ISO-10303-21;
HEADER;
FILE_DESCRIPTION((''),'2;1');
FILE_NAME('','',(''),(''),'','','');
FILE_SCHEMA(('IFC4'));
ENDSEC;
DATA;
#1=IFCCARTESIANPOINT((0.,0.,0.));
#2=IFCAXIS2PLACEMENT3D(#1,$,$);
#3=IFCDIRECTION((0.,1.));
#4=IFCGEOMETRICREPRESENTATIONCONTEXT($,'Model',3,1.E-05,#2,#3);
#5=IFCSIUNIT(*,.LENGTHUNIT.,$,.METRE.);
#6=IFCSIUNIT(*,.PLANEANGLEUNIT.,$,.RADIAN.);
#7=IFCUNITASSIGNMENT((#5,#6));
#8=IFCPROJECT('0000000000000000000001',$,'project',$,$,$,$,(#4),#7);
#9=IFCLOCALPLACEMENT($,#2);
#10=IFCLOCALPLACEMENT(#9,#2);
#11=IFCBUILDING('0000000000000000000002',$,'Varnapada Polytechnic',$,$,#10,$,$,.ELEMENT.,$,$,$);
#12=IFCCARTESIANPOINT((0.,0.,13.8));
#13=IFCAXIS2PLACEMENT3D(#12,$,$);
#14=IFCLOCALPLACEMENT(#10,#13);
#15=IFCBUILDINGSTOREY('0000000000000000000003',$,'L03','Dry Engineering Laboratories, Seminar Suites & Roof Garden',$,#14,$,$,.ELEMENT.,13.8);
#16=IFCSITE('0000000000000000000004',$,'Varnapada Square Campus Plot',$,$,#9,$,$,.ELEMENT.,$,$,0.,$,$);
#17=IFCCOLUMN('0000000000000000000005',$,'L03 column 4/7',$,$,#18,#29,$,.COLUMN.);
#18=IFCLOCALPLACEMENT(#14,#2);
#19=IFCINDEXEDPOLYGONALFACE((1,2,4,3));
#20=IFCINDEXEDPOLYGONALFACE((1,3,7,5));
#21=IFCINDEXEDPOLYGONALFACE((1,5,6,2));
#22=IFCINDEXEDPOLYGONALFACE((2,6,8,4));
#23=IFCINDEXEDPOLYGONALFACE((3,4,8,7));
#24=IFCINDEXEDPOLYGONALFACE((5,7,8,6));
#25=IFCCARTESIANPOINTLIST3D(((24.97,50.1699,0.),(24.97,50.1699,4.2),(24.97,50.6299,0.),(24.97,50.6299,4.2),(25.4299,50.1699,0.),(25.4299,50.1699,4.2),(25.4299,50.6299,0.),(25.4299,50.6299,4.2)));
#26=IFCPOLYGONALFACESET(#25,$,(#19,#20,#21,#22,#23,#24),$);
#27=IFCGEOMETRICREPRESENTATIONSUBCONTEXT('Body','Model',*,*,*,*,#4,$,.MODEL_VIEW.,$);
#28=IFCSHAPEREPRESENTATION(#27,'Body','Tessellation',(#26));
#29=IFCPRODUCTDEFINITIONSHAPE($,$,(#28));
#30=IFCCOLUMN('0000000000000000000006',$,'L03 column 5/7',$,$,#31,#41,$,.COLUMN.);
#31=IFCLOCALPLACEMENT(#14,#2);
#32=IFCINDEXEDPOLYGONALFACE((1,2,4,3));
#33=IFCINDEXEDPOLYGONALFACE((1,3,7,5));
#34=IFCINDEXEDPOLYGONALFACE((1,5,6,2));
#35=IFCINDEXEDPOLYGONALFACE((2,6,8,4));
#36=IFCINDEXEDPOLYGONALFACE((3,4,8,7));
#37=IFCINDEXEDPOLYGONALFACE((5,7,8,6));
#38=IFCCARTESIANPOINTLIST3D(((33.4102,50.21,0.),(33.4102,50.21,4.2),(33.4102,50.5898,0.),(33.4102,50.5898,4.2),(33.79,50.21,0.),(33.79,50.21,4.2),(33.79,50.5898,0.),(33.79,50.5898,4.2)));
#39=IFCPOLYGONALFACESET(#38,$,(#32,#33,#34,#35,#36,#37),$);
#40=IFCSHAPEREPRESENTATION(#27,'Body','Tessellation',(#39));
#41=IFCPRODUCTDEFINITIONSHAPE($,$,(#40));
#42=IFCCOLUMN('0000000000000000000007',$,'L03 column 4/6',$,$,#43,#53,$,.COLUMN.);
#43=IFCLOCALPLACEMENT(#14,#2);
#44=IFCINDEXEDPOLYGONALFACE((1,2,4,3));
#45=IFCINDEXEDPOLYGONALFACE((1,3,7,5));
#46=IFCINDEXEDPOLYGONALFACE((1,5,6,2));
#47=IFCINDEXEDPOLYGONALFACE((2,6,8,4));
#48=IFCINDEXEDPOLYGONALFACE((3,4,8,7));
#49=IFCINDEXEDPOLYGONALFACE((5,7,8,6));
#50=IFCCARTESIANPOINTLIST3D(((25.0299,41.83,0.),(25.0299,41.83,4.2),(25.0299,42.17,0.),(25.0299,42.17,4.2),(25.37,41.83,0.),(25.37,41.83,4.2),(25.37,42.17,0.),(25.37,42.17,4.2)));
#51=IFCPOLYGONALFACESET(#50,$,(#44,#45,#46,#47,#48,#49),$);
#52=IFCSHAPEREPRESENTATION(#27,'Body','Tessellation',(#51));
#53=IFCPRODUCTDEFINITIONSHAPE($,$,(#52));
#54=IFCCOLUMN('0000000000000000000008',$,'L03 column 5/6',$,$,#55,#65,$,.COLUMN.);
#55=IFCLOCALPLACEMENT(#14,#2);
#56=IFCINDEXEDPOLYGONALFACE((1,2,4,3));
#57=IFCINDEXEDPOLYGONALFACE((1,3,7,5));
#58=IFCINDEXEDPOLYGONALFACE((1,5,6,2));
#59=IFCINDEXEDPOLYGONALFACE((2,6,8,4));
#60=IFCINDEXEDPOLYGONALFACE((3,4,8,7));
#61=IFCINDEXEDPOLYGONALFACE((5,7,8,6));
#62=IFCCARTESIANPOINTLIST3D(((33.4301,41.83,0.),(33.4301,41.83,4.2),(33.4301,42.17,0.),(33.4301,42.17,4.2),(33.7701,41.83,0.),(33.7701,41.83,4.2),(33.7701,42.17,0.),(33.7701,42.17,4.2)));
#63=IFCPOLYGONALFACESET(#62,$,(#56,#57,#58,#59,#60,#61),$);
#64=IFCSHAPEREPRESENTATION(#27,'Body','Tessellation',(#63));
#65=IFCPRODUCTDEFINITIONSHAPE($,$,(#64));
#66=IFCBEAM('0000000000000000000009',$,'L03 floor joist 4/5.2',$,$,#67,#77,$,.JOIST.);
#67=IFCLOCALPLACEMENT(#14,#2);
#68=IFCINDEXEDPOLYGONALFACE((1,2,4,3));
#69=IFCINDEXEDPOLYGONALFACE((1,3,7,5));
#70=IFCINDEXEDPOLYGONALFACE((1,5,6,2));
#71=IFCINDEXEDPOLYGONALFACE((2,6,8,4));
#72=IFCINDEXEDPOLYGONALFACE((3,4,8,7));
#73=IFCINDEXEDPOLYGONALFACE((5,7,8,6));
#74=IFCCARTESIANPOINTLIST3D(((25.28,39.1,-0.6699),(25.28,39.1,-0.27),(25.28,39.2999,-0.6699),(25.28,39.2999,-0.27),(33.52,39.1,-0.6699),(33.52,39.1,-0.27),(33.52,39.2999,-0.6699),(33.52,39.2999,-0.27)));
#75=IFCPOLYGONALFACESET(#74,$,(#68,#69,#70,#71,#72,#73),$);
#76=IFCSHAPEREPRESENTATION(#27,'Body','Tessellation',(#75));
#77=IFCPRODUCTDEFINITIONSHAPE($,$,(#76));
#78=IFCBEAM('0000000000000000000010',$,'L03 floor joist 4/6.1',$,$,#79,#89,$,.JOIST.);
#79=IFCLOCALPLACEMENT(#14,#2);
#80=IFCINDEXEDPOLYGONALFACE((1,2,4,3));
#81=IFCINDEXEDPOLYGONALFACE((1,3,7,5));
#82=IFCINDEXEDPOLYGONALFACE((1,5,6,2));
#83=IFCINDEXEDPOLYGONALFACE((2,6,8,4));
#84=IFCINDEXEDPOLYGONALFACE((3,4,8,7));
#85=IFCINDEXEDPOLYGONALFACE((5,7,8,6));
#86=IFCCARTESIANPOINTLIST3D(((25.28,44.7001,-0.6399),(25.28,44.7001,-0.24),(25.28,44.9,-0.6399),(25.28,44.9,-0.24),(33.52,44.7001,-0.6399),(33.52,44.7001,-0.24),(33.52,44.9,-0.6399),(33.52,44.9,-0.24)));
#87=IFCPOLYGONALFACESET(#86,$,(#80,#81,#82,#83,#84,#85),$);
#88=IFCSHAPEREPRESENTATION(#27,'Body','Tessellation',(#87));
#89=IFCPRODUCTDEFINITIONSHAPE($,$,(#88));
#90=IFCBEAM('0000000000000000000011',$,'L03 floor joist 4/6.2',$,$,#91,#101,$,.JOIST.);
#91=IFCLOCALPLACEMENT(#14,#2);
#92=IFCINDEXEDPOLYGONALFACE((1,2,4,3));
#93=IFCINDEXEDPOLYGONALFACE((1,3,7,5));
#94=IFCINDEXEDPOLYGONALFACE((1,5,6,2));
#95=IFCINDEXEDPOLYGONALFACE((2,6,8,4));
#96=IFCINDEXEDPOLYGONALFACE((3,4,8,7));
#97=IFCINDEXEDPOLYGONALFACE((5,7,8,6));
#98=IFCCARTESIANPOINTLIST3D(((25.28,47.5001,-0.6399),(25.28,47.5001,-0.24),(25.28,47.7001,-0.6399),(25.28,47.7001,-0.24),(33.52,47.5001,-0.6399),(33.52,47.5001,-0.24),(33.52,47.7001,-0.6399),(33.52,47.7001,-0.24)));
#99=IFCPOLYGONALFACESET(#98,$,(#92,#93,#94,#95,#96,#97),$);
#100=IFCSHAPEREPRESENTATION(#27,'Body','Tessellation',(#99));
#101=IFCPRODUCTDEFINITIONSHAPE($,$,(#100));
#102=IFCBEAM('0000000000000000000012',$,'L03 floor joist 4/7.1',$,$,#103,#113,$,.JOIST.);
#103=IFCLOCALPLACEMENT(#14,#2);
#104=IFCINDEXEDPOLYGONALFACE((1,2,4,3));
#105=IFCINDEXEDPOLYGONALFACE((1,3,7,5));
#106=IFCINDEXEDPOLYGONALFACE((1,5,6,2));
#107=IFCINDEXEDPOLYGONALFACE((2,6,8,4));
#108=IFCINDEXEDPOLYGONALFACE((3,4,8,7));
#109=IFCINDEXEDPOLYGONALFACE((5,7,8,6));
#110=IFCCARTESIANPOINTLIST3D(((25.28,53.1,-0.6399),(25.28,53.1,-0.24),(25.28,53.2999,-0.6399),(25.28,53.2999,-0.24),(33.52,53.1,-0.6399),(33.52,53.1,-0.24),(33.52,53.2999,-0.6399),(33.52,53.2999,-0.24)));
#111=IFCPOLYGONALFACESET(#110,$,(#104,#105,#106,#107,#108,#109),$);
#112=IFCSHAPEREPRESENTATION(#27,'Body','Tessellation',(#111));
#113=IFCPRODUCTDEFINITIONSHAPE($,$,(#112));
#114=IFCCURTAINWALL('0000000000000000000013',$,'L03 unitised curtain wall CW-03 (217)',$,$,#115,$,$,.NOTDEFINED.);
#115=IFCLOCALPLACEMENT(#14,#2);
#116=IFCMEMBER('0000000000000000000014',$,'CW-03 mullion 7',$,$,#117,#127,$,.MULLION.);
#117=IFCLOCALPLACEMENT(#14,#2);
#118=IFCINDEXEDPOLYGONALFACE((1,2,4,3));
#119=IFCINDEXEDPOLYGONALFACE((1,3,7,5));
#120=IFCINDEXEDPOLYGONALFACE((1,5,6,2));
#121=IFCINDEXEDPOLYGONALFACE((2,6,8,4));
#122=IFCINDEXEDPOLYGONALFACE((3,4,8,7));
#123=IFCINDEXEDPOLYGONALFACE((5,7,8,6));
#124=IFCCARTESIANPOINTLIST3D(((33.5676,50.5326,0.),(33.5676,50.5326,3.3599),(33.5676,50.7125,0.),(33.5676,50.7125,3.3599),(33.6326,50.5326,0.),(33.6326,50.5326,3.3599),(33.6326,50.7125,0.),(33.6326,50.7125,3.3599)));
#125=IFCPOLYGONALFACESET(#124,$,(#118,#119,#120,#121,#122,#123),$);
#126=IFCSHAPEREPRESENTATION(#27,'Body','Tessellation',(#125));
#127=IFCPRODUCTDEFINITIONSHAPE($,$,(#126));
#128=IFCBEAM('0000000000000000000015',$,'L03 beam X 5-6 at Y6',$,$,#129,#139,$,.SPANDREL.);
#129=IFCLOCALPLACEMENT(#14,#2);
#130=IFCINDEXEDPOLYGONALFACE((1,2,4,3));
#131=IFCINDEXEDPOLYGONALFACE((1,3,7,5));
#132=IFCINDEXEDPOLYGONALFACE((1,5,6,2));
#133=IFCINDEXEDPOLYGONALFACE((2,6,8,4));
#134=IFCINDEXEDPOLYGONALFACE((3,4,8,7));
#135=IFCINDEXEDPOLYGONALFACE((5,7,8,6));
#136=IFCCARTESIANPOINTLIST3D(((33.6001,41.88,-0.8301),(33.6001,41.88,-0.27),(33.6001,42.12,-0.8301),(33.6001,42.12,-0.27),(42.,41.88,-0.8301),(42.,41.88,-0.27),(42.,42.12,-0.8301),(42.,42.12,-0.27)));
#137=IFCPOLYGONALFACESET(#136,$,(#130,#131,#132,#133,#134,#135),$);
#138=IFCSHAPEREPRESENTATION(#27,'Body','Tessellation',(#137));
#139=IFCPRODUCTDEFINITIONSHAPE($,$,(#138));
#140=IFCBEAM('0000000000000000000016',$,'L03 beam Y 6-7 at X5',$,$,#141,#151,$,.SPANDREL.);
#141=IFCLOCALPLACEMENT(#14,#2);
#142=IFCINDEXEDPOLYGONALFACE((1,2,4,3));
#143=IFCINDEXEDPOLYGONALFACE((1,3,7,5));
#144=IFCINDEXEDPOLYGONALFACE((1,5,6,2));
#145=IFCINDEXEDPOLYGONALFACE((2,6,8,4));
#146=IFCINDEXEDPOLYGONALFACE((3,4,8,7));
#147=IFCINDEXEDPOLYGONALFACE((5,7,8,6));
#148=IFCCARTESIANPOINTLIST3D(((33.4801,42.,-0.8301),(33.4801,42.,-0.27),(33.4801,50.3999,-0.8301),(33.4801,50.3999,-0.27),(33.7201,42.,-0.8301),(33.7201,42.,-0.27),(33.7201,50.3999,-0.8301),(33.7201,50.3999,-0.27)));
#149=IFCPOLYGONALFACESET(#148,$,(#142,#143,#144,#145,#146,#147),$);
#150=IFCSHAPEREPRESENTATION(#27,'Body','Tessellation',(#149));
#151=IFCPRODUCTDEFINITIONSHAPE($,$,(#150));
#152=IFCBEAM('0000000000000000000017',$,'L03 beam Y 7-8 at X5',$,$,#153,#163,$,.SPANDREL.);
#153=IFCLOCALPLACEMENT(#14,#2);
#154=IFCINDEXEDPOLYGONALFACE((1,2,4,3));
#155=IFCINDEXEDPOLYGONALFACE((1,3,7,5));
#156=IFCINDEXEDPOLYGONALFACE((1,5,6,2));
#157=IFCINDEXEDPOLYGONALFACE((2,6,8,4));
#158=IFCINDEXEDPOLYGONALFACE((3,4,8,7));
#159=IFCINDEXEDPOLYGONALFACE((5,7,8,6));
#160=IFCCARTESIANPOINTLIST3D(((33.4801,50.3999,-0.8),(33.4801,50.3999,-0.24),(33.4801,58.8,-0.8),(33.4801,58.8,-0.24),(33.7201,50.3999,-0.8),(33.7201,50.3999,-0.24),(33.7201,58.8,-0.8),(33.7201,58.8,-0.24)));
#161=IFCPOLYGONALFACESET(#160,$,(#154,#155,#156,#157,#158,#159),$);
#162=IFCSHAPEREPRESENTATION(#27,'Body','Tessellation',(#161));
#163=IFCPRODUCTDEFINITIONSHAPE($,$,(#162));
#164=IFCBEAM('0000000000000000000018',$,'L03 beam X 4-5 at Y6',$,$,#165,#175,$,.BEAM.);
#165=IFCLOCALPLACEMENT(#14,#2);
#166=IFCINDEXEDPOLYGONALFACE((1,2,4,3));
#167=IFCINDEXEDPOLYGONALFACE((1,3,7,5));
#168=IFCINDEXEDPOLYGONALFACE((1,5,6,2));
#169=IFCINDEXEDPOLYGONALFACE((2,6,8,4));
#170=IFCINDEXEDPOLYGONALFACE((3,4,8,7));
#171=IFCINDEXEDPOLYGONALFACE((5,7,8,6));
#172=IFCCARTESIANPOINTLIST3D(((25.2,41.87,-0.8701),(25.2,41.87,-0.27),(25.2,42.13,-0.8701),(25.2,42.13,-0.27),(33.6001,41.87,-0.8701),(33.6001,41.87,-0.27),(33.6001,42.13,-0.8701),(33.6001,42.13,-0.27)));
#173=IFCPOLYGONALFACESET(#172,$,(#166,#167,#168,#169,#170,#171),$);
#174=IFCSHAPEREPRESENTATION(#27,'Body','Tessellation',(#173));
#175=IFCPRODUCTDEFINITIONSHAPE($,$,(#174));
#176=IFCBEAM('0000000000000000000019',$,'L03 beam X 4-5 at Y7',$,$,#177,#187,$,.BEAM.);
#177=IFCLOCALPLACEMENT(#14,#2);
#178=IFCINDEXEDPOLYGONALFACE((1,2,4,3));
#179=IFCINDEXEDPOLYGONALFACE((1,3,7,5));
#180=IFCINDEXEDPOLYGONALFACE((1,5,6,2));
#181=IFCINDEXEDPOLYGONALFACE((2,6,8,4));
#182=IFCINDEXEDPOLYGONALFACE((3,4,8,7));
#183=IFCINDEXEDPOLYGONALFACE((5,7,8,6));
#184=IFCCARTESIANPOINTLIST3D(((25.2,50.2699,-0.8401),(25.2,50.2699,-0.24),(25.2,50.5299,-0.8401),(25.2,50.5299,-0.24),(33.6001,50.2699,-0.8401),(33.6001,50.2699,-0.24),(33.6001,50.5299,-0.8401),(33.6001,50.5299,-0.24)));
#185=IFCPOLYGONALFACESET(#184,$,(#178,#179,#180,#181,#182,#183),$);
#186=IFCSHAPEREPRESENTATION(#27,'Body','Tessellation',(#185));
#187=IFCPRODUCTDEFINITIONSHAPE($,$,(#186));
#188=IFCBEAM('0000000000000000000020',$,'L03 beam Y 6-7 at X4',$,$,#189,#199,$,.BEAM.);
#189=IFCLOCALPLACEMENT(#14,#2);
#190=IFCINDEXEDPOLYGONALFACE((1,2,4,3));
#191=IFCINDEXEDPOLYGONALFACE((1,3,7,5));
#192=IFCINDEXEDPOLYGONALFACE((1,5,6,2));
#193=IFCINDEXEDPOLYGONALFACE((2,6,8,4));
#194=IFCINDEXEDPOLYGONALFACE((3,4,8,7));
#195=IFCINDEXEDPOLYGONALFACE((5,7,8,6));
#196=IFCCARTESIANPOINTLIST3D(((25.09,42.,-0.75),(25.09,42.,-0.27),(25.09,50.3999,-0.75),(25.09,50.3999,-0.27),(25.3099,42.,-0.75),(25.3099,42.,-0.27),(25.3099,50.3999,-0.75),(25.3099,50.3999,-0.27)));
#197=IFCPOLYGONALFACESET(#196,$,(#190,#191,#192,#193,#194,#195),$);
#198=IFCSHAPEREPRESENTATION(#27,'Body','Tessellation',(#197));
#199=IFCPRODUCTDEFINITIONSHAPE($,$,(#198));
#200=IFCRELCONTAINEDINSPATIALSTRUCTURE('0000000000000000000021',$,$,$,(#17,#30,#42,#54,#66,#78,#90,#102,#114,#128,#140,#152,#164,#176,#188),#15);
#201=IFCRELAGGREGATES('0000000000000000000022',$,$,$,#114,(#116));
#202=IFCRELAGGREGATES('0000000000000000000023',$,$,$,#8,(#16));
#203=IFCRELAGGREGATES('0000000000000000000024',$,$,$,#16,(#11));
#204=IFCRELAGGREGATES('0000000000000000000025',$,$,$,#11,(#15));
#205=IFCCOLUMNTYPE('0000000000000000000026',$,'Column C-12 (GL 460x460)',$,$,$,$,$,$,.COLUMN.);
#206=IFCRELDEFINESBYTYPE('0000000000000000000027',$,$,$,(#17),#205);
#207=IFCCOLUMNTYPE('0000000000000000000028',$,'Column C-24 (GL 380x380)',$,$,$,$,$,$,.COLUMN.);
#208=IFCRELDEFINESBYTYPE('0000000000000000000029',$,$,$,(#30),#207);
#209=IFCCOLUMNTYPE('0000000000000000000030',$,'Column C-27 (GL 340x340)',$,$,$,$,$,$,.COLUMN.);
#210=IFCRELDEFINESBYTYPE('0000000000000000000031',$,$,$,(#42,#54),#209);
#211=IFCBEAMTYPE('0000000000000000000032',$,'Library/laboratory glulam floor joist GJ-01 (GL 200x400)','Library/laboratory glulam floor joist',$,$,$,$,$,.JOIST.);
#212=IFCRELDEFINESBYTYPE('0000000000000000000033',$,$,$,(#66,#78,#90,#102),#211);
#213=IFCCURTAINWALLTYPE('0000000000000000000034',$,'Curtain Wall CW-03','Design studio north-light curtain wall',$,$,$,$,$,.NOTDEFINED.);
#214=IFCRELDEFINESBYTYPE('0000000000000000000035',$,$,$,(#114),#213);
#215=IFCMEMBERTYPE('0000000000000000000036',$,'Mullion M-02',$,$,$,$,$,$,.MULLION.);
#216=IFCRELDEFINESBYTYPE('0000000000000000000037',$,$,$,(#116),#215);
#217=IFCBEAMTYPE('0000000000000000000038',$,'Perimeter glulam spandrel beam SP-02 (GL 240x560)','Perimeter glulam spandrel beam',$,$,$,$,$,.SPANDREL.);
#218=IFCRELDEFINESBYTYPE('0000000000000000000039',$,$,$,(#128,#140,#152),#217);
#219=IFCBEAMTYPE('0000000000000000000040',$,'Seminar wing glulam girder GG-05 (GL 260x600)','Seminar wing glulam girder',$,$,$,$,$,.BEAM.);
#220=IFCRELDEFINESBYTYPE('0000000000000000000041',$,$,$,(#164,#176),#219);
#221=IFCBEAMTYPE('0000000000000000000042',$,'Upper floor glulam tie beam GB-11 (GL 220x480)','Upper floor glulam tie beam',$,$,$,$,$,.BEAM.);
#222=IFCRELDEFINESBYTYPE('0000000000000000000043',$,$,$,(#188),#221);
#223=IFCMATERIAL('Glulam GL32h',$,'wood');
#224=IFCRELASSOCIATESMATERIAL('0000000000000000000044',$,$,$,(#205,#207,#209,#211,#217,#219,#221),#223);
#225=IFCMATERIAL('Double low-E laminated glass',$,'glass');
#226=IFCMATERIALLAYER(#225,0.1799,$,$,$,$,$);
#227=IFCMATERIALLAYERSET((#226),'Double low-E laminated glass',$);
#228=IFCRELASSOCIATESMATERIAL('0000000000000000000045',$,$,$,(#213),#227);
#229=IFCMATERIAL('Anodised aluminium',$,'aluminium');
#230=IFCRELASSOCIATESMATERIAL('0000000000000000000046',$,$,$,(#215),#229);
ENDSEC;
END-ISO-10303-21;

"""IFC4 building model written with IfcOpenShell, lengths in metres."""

from ifc_helpers import new_model, si_unit, direction, frame, origin, origin_2d, place, context, subcontext, project, spatial, rectangle, extrude, material, layer, layer_set, material_profile, profile_set, type_object, element, aggregate, save


model = new_model("IFC4")

# Units and contexts
model_context = context("Model", 3, precision=1e-05, world=origin(), true_north=direction((0.0, 1.0)))
body_context = subcontext(model_context, "Body", "Model", "MODEL_VIEW")
ifc_project = project(units=[si_unit("LENGTHUNIT", "METRE"), si_unit("PLANEANGLEUNIT", "RADIAN")], contexts=[model_context])

# Site, building, storey
site_placement = place(None, origin())
site = spatial("IfcSite", under=ifc_project, at=site_placement, Name="Varnapada Square Campus Plot", CompositionType="ELEMENT", RefElevation=0.0)
building_placement = place(site_placement, origin())
building = spatial("IfcBuilding", under=site, at=building_placement, Name="Varnapada Polytechnic", CompositionType="ELEMENT")
storey_placement = place(building_placement, frame((0.0, 0.0, 13.8)))
storey = spatial("IfcBuildingStorey", under=building, at=storey_placement, Name="L03", Description="Dry Engineering Laboratories, Seminar Suites & Roof Garden", CompositionType="ELEMENT", Elevation=13.8)

# Columns
ifc_material_1 = material(Name="Glulam GL32h", Category="wood")
ifc_material_profile_1 = material_profile(ifc_material_1, rectangle(XDim=0.46, YDim=0.46, at=origin_2d()), Name="GL 460x460")
ifc_profile_set_1 = profile_set([ifc_material_profile_1], Name="Glulam GL32h")
column_type_1 = type_object("IfcColumnType", Name="Column C-12 (GL 460x460)", PredefinedType="COLUMN", material=ifc_profile_set_1)
column_1_placement = place(storey_placement, frame((25.2, 50.3999, 0.0), z_axis=(0.0, 0.0, 1.0), x_axis=(1.0, 0.0, 0.0)))
element("IfcColumn", 1, at=column_1_placement, inside=storey, type_object=column_type_1, Name="L03 column 4/7", PredefinedType="COLUMN", context=body_context, shape_type="SweptSolid", body=[
    extrude(rectangle(XDim=0.46, YDim=0.46, at=origin_2d()), origin(), (0.0, 0.0, 1.0), 4.2),
])
ifc_material_profile_2 = material_profile(ifc_material_1, rectangle(XDim=0.3799, YDim=0.3799, at=origin_2d()), Name="GL 380x380")
ifc_profile_set_2 = profile_set([ifc_material_profile_2], Name="Glulam GL32h")
column_type_2 = type_object("IfcColumnType", Name="Column C-24 (GL 380x380)", PredefinedType="COLUMN", material=ifc_profile_set_2)
column_2_placement = place(storey_placement, frame((33.6001, 50.3999, 0.0), z_axis=(0.0, 0.0, 1.0), x_axis=(1.0, 0.0, 0.0)))
element("IfcColumn", 2, at=column_2_placement, inside=storey, type_object=column_type_2, Name="L03 column 5/7", PredefinedType="COLUMN", context=body_context, shape_type="SweptSolid", body=[
    extrude(rectangle(XDim=0.3799, YDim=0.3799, at=origin_2d()), origin(), (0.0, 0.0, 1.0), 4.2),
])
ifc_material_profile_3 = material_profile(ifc_material_1, rectangle(XDim=0.3401, YDim=0.3401, at=origin_2d()), Name="GL 340x340")
ifc_profile_set_3 = profile_set([ifc_material_profile_3], Name="Glulam GL32h")
column_type_3 = type_object("IfcColumnType", Name="Column C-27 (GL 340x340)", PredefinedType="COLUMN", material=ifc_profile_set_3)
for number, where, z_axis, x_axis, name in (
    (3, (25.2, 42.0, 0.0), (0.0, 0.0, 1.0), (1.0, 0.0, 0.0), "L03 column 4/6"),
    (4, (33.6001, 42.0, 0.0), (0.0, 0.0, 1.0), (1.0, 0.0, 0.0), "L03 column 5/6"),
):
    element("IfcColumn", number, at=place(storey_placement, frame(where, z_axis=z_axis, x_axis=x_axis)), inside=storey, type_object=column_type_3, Name=name, PredefinedType="COLUMN", context=body_context, shape_type="SweptSolid", body=[
        extrude(rectangle(XDim=0.3401, YDim=0.3401, at=origin_2d()), origin(), (0.0, 0.0, 1.0), 4.2),
    ])

# Beams
ifc_material_profile_4 = material_profile(ifc_material_1, rectangle(XDim=0.2, YDim=0.3999, at=origin_2d()), Name="GL 200x400")
ifc_profile_set_4 = profile_set([ifc_material_profile_4], Name="Glulam GL32h")
beam_type_1 = type_object("IfcBeamType", Name="Library/laboratory glulam floor joist GJ-01 (GL 200x400)", Description="Library/laboratory glulam floor joist", PredefinedType="JOIST", material=ifc_profile_set_4)
for number, where, z_axis, x_axis, name in (
    (5, (25.28, 39.2, -0.47), (1.0, 0.0, 0.0), (0.0, 1.0, 0.0), "L03 floor joist 4/5.2"),
    (6, (25.28, 44.8, -0.4399), (1.0, 0.0, 0.0), (0.0, 1.0, 0.0), "L03 floor joist 4/6.1"),
    (7, (25.28, 47.6001, -0.4399), (1.0, 0.0, 0.0), (0.0, 1.0, 0.0), "L03 floor joist 4/6.2"),
    (8, (25.28, 53.2, -0.4399), (1.0, 0.0, 0.0), (0.0, 1.0, 0.0), "L03 floor joist 4/7.1"),
):
    element("IfcBeam", number, at=place(storey_placement, frame(where, z_axis=z_axis, x_axis=x_axis)), inside=storey, type_object=beam_type_1, Name=name, PredefinedType="JOIST", context=body_context, shape_type="SweptSolid", body=[
        extrude(rectangle(XDim=0.2, YDim=0.3999, at=origin_2d()), origin(), (0.0, 0.0, 1.0), 8.24),
    ])

# Curtain wall, member
ifc_material_2 = material(Name="Double low-E laminated glass", Category="glass")
ifc_layer_1 = layer(ifc_material_2, 0.1799)
ifc_layer_set_1 = layer_set([ifc_layer_1], Name="Double low-E laminated glass")
curtain_wall_type = type_object("IfcCurtainWallType", Name="Curtain Wall CW-03", Description="Design studio north-light curtain wall", PredefinedType="NOTDEFINED", material=ifc_layer_set_1)
curtain_wall_placement = place(storey_placement, origin())
curtain_wall = element("IfcCurtainWall", 9, at=curtain_wall_placement, inside=storey, type_object=curtain_wall_type, Name="L03 unitised curtain wall CW-03 (217)", PredefinedType="NOTDEFINED")
ifc_material_3 = material(Name="Anodised aluminium", Category="aluminium")
ifc_material_profile_5 = material_profile(ifc_material_3, rectangle(XDim=0.0649, YDim=0.1799, at=origin_2d()), Name="ALU M65x180")
ifc_profile_set_5 = profile_set([ifc_material_profile_5], Name="Anodised aluminium")
member_type = type_object("IfcMemberType", Name="Mullion M-02", PredefinedType="MULLION", material=ifc_profile_set_5)
member_placement = place(storey_placement, frame((33.6001, 50.6226, 0.0), z_axis=(0.0, 0.0, 1.0), x_axis=(1.0, 0.0, 0.0)))
member = element("IfcMember", 10, at=member_placement, type_object=member_type, Name="CW-03 mullion 7", PredefinedType="MULLION", context=body_context, shape_type="SweptSolid", body=[
    extrude(rectangle(XDim=0.0649, YDim=0.1799, at=origin_2d()), origin(), (0.0, 0.0, 1.0), 3.3599),
])

# Beams
ifc_material_profile_6 = material_profile(ifc_material_1, rectangle(XDim=0.24, YDim=0.5601, at=origin_2d()), Name="GL 240x560")
ifc_profile_set_6 = profile_set([ifc_material_profile_6], Name="Glulam GL32h")
beam_type_2 = type_object("IfcBeamType", Name="Perimeter glulam spandrel beam SP-02 (GL 240x560)", Description="Perimeter glulam spandrel beam", PredefinedType="SPANDREL", material=ifc_profile_set_6)
for number, where, z_axis, x_axis, name in (
    (11, (33.6001, 42.0, -0.55), (1.0, 0.0, 0.0), (0.0, 1.0, 0.0), "L03 beam X 5-6 at Y6"),
    (12, (33.6001, 42.0, -0.55), (0.0, 1.0, 0.0), (-1.0, 0.0, 0.0), "L03 beam Y 6-7 at X5"),
):
    element("IfcBeam", number, at=place(storey_placement, frame(where, z_axis=z_axis, x_axis=x_axis)), inside=storey, type_object=beam_type_2, Name=name, PredefinedType="SPANDREL", context=body_context, shape_type="SweptSolid", body=[
        extrude(rectangle(XDim=0.24, YDim=0.5601, at=origin_2d()), origin(), (0.0, 0.0, 1.0), 8.3999),
    ])
beam_1_placement = place(storey_placement, frame((33.6001, 50.3999, -0.52), z_axis=(0.0, 1.0, 0.0), x_axis=(-1.0, 0.0, 0.0)))
element("IfcBeam", 13, at=beam_1_placement, inside=storey, type_object=beam_type_2, Name="L03 beam Y 7-8 at X5", PredefinedType="SPANDREL", context=body_context, shape_type="SweptSolid", body=[
    extrude(rectangle(XDim=0.24, YDim=0.5601, at=origin_2d()), origin(), (0.0, 0.0, 1.0), 8.4001),
])
ifc_material_profile_7 = material_profile(ifc_material_1, rectangle(XDim=0.26, YDim=0.6001, at=origin_2d()), Name="GL 260x600")
ifc_profile_set_7 = profile_set([ifc_material_profile_7], Name="Glulam GL32h")
beam_type_3 = type_object("IfcBeamType", Name="Seminar wing glulam girder GG-05 (GL 260x600)", Description="Seminar wing glulam girder", PredefinedType="BEAM", material=ifc_profile_set_7)
for number, where, z_axis, x_axis, name in (
    (14, (25.2, 42.0, -0.5701), (1.0, 0.0, 0.0), (0.0, 1.0, 0.0), "L03 beam X 4-5 at Y6"),
    (15, (25.2, 50.3999, -0.54), (1.0, 0.0, 0.0), (0.0, 1.0, 0.0), "L03 beam X 4-5 at Y7"),
):
    element("IfcBeam", number, at=place(storey_placement, frame(where, z_axis=z_axis, x_axis=x_axis)), inside=storey, type_object=beam_type_3, Name=name, PredefinedType="BEAM", context=body_context, shape_type="SweptSolid", body=[
        extrude(rectangle(XDim=0.26, YDim=0.6001, at=origin_2d()), origin(), (0.0, 0.0, 1.0), 8.4001),
    ])
ifc_material_profile_8 = material_profile(ifc_material_1, rectangle(XDim=0.22, YDim=0.48, at=origin_2d()), Name="GL 220x480")
ifc_profile_set_8 = profile_set([ifc_material_profile_8], Name="Glulam GL32h")
beam_type_4 = type_object("IfcBeamType", Name="Upper floor glulam tie beam GB-11 (GL 220x480)", Description="Upper floor glulam tie beam", PredefinedType="BEAM", material=ifc_profile_set_8)
beam_2_placement = place(storey_placement, frame((25.2, 42.0, -0.51), z_axis=(0.0, 1.0, 0.0), x_axis=(-1.0, 0.0, 0.0)))
element("IfcBeam", 16, at=beam_2_placement, inside=storey, type_object=beam_type_4, Name="L03 beam Y 6-7 at X4", PredefinedType="BEAM", context=body_context, shape_type="SweptSolid", body=[
    extrude(rectangle(XDim=0.22, YDim=0.48, at=origin_2d()), origin(), (0.0, 0.0, 1.0), 8.3999),
])

aggregate(curtain_wall, [member])

save(model, "model.ifc")
